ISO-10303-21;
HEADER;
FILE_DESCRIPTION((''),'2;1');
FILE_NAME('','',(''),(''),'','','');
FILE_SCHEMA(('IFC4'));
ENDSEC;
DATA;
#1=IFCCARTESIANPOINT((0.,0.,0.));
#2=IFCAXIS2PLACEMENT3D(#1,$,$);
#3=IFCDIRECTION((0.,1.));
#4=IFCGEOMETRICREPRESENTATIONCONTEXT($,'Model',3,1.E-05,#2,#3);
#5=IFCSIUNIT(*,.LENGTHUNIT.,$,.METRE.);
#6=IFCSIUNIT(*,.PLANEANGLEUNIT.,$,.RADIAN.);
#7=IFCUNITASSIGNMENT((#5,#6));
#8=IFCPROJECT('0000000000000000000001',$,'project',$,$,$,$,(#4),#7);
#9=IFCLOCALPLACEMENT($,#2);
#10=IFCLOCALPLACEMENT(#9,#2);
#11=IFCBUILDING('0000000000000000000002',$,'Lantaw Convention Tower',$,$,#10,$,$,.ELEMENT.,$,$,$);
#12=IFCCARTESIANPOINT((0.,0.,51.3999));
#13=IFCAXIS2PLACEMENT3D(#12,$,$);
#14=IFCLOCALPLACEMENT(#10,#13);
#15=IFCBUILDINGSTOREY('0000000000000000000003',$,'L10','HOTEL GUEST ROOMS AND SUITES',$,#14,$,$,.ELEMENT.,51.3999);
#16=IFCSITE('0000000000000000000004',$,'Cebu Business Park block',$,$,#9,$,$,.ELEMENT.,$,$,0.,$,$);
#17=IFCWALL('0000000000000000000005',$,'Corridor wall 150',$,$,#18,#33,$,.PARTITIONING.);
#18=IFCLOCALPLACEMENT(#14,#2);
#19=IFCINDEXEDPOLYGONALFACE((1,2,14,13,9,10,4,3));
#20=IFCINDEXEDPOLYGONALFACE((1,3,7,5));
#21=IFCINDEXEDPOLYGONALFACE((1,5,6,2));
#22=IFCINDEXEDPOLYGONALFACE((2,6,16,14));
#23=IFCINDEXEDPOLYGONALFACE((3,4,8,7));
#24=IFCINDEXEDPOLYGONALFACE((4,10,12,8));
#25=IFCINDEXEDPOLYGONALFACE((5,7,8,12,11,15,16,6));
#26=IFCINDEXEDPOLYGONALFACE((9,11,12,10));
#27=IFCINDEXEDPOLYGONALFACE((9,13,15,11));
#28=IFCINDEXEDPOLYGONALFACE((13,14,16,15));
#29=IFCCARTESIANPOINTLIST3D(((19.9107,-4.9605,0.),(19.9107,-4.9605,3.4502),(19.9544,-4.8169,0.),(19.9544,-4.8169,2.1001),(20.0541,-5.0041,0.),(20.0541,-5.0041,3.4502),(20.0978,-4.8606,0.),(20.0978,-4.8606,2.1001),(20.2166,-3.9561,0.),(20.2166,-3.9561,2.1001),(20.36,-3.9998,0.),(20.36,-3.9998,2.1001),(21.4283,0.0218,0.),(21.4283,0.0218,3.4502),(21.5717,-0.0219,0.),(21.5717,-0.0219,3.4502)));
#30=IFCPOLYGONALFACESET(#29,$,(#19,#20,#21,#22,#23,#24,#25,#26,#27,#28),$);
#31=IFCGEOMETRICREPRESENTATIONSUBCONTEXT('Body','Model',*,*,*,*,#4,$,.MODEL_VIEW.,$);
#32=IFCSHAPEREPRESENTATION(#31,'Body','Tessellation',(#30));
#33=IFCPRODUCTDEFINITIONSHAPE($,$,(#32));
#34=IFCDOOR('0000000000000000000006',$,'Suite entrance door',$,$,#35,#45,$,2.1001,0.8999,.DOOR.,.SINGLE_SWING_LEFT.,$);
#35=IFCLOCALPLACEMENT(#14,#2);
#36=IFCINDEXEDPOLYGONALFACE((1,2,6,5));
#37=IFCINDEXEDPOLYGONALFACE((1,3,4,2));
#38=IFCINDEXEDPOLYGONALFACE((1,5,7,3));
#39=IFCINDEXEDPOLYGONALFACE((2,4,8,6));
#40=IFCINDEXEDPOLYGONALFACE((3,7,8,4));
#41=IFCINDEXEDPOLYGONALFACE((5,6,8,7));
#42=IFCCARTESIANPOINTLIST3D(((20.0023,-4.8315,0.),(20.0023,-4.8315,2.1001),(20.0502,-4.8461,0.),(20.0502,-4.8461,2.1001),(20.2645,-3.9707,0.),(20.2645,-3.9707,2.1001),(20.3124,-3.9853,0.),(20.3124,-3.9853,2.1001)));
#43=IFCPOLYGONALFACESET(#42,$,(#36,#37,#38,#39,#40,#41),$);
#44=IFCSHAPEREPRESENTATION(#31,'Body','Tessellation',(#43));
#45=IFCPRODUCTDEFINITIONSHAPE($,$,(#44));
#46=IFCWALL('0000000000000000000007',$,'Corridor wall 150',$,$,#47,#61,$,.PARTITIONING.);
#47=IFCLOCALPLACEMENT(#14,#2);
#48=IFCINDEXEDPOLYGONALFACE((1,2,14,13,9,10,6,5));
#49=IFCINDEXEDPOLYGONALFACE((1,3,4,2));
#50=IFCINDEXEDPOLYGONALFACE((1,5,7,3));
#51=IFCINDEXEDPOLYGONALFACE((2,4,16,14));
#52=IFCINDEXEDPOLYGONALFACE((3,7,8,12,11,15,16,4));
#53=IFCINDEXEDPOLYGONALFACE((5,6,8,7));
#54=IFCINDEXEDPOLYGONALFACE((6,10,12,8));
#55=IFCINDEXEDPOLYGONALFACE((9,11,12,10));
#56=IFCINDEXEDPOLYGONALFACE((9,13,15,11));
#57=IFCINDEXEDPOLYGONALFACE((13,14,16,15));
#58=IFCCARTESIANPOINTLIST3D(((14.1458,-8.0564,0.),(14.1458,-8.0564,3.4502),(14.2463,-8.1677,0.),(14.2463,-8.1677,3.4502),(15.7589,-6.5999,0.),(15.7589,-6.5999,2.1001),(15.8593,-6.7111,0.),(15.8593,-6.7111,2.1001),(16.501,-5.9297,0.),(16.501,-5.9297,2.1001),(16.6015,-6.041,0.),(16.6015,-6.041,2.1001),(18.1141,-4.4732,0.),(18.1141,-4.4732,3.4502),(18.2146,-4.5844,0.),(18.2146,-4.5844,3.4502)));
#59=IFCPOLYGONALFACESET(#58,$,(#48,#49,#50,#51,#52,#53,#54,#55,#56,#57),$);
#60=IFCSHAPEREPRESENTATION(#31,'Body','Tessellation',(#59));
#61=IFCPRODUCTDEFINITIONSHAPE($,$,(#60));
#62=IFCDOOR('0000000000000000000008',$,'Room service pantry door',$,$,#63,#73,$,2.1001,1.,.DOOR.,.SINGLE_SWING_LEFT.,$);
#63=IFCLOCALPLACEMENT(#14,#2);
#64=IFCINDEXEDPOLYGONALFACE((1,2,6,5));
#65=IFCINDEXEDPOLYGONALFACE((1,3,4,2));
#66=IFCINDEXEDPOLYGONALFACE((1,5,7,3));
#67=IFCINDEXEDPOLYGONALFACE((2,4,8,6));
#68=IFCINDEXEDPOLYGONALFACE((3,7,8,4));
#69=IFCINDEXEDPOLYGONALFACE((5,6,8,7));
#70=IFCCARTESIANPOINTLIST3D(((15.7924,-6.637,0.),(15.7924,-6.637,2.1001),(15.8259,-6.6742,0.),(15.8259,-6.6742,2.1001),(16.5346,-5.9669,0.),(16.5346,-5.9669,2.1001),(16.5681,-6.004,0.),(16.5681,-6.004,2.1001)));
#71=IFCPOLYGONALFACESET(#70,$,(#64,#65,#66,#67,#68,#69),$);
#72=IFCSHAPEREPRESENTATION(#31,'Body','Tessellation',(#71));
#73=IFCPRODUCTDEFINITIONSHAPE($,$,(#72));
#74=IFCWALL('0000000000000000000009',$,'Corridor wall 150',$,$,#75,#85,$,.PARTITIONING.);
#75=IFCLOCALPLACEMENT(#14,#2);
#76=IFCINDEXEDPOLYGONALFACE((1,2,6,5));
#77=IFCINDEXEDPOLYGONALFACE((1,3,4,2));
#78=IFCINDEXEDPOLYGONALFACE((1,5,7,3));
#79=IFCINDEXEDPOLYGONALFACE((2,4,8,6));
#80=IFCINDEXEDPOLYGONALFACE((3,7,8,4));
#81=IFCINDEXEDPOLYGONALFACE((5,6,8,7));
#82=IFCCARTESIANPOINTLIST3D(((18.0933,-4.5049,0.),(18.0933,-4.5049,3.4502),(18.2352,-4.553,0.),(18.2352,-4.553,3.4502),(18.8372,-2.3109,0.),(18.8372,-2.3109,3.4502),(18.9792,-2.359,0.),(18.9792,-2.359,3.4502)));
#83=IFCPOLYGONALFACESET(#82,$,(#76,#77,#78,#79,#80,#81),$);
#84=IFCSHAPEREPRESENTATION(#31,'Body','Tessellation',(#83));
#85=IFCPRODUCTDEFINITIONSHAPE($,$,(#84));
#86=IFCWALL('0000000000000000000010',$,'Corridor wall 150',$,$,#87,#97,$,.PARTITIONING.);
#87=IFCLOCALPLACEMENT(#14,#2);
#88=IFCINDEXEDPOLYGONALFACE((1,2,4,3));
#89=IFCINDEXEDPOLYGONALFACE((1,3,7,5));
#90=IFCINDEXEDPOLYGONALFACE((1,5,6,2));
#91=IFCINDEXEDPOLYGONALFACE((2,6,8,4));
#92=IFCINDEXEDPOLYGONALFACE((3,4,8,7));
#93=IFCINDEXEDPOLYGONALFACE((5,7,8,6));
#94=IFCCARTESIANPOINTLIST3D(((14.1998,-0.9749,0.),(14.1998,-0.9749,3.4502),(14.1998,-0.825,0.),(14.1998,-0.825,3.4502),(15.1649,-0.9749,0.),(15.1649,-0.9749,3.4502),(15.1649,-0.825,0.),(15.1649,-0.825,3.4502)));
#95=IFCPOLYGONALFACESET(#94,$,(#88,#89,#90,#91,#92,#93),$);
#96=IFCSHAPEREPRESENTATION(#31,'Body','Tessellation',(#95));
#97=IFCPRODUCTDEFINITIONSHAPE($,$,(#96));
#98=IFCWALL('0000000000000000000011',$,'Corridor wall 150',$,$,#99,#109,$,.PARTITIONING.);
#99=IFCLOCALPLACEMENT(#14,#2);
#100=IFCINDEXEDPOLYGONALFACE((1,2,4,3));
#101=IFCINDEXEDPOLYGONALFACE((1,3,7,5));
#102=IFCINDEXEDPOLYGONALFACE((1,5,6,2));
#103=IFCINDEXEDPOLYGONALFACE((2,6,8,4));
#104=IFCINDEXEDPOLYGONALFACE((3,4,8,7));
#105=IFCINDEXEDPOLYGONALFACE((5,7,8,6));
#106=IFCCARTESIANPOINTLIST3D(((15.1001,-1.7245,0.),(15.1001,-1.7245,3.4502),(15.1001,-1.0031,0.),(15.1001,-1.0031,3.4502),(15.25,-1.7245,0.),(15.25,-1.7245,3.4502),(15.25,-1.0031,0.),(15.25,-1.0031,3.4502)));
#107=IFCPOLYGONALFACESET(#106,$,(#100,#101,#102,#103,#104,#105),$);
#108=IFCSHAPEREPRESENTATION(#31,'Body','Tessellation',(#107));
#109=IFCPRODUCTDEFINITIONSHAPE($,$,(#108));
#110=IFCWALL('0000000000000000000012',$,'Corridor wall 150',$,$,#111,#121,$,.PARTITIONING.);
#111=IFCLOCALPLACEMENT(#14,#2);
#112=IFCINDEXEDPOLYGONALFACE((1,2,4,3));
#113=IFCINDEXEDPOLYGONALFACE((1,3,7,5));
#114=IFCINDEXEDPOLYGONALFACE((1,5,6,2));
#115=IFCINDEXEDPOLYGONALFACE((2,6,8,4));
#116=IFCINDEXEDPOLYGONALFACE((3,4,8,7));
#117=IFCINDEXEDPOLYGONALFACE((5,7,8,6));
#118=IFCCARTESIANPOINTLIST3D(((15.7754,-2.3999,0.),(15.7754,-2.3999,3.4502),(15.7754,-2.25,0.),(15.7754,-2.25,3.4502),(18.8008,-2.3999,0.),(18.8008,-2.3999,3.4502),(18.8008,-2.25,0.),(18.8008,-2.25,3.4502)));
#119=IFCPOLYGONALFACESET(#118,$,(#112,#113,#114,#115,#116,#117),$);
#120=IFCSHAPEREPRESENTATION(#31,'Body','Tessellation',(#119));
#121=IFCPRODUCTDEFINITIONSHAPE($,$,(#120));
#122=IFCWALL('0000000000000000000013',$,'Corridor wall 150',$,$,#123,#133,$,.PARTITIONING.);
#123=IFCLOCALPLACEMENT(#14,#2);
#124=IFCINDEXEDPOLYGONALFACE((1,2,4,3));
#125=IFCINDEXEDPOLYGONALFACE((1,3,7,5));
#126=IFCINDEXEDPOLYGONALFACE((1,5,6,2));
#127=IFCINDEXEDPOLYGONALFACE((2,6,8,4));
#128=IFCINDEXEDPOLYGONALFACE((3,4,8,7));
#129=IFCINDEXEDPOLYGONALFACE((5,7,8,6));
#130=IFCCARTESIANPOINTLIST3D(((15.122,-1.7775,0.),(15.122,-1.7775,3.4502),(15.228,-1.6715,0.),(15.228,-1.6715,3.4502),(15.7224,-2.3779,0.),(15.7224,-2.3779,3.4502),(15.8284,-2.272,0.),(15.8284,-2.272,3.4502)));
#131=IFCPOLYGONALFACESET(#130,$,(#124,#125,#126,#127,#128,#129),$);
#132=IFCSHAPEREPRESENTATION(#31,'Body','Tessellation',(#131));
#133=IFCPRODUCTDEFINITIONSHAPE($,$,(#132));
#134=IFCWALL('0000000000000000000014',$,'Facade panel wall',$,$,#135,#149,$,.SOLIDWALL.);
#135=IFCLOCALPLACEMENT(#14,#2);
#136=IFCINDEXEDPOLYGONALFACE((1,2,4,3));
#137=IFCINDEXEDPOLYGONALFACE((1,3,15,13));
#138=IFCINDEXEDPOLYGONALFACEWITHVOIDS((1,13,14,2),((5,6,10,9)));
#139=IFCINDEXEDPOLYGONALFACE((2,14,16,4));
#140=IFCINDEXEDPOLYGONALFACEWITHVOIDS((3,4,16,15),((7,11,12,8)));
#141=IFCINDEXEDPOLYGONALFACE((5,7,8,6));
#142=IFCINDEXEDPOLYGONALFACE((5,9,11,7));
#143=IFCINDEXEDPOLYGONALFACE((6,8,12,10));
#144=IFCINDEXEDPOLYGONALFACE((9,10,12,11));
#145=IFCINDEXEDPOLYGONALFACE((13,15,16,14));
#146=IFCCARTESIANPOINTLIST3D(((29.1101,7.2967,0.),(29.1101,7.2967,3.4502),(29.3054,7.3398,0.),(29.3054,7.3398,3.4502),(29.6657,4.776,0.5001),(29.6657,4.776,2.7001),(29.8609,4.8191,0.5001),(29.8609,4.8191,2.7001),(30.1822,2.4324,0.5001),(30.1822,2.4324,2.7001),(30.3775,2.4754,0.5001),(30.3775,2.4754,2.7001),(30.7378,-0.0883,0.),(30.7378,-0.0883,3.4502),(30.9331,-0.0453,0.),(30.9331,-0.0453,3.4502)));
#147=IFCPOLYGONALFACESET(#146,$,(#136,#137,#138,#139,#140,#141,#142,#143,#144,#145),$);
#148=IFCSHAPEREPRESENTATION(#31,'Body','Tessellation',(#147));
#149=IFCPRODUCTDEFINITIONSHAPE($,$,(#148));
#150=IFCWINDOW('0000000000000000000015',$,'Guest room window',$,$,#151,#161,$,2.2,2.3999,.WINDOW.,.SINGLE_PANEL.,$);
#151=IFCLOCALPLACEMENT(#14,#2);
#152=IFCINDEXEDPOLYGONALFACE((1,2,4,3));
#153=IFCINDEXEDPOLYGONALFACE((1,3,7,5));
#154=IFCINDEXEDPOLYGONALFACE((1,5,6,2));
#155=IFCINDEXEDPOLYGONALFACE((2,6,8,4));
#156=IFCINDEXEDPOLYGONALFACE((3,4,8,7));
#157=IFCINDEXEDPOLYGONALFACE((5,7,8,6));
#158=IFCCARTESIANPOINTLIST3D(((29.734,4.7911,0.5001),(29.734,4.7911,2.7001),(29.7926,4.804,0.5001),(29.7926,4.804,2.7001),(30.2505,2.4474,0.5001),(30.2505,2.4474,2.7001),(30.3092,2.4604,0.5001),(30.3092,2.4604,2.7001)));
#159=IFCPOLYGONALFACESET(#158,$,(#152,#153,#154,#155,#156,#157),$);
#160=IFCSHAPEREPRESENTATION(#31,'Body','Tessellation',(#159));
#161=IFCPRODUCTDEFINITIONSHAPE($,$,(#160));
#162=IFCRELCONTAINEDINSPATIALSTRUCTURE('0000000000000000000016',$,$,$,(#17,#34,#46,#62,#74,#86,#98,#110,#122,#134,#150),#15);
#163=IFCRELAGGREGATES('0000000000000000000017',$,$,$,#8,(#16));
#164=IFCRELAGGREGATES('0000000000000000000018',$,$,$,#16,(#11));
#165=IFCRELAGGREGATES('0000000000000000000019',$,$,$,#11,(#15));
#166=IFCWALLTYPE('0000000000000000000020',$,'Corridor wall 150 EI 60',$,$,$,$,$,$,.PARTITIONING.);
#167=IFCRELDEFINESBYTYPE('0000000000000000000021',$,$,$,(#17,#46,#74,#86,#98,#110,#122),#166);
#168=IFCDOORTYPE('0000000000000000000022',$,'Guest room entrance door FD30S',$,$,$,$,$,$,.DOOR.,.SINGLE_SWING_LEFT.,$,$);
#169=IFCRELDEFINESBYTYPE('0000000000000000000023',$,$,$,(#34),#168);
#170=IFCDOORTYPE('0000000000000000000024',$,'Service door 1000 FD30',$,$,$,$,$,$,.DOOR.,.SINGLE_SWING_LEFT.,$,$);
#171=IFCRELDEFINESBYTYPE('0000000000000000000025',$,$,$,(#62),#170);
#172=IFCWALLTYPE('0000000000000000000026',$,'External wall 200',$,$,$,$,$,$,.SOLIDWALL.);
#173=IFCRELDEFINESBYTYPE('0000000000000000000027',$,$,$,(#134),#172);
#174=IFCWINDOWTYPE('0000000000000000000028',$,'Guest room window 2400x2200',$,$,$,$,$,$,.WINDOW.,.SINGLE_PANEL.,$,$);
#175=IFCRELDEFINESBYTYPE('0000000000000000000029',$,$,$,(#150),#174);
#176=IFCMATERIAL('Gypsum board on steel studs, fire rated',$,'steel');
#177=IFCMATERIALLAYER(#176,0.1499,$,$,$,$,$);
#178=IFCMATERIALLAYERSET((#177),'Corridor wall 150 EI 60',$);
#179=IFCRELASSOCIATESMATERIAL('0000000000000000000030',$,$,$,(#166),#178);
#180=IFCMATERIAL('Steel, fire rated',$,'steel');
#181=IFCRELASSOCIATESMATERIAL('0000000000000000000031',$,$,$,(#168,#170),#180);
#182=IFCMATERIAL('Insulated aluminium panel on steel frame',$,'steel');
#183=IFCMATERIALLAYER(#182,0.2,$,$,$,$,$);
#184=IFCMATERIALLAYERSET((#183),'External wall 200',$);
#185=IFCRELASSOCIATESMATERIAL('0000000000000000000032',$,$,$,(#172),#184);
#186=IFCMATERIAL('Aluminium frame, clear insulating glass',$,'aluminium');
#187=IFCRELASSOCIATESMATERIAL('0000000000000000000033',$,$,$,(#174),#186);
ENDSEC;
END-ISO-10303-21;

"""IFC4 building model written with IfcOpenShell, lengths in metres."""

from ifc_helpers import new_model, si_unit, direction, frame, frame_2d, origin, place, context, subcontext, project, spatial, rectangle, extrude, material, layer, layer_set, type_object, element, fill, save


model = new_model("IFC4")

# Units and contexts
model_context = context("Model", 3, precision=1e-05, world=origin(), true_north=direction((0.0, 1.0)))
body_context = subcontext(model_context, "Body", "Model", "MODEL_VIEW")
ifc_project = project(units=[si_unit("LENGTHUNIT", "METRE"), si_unit("PLANEANGLEUNIT", "RADIAN")], contexts=[model_context])

# Site, building, storey
site_placement = place(None, origin())
site = spatial("IfcSite", under=ifc_project, at=site_placement, Name="Cebu Business Park block", CompositionType="ELEMENT", RefElevation=0.0)
building_placement = place(site_placement, origin())
building = spatial("IfcBuilding", under=site, at=building_placement, Name="Lantaw Convention Tower", CompositionType="ELEMENT")
storey_placement = place(building_placement, frame((0.0, 0.0, 51.3999)))
storey = spatial("IfcBuildingStorey", under=building, at=storey_placement, Name="L10", Description="HOTEL GUEST ROOMS AND SUITES", CompositionType="ELEMENT", Elevation=51.3999)

# Shared definitions
ifc_material_1 = material(Name="Gypsum board on steel studs, fire rated", Category="steel")
ifc_layer_1 = layer(ifc_material_1, 0.1499)
ifc_layer_set_1 = layer_set([ifc_layer_1], Name="Corridor wall 150 EI 60")
wall_type_1 = type_object("IfcWallType", Name="Corridor wall 150 EI 60", PredefinedType="PARTITIONING", material=ifc_layer_set_1)

# Walls, openings, doors
wall_1_placement = place(storey_placement, frame((19.9824, -4.9822, 0.0), z_axis=(0.0, 0.0, 1.0), x_axis=(0.291384, 0.956606, 0.0)))
wall_1 = element("IfcWall", 1, at=wall_1_placement, inside=storey, type_object=wall_type_1, Name="Corridor wall 150", PredefinedType="PARTITIONING", context=body_context, shape_type="SweptSolid", body=[
    extrude(rectangle(XDim=5.2083, YDim=0.1499, at=frame_2d((2.604, 0.0))), origin(), (0.0, 0.0, 1.0), 3.4502),
])
opening_1_placement = place(wall_1_placement, frame((0.1499, 0.0, 0.0)))
opening_1 = element("IfcOpeningElement", 2, at=opening_1_placement, cuts=wall_1, PredefinedType="OPENING", context=body_context, shape_type="SweptSolid", body=[
    extrude(rectangle(XDim=0.8999, YDim=2.1001, at=frame_2d((0.45, 1.05))), frame((0.0, 0.085, 0.0), z_axis=(0.0, -1.0, 0.0), x_axis=(1.0, 0.0, 0.0)), (0.0, 0.0, 1.0), 0.1699),
])
ifc_material_2 = material(Name="Steel, fire rated", Category="steel")
door_type_1 = type_object("IfcDoorType", Name="Guest room entrance door FD30S", OperationType="SINGLE_SWING_LEFT", PredefinedType="DOOR", material=ifc_material_2)
door_1_placement = place(opening_1_placement, origin())
door_1 = element("IfcDoor", 3, at=door_1_placement, inside=storey, type_object=door_type_1, Name="Suite entrance door", OperationType="SINGLE_SWING_LEFT", OverallHeight=2.1001, OverallWidth=0.8999, PredefinedType="DOOR", context=body_context, shape_type="SweptSolid", body=[
    extrude(rectangle(XDim=0.8999, YDim=2.1001, at=frame_2d((0.45, 1.05))), frame((0.0, 0.0249, 0.0), z_axis=(0.0, -1.0, 0.0), x_axis=(1.0, 0.0, 0.0)), (0.0, 0.0, 1.0), 0.05),
])
fill(opening_1, door_1)
wall_2_placement = place(storey_placement, frame((14.196, -8.1121, 0.0), z_axis=(0.0, 0.0, 1.0), x_axis=(0.742194, 0.670185, 0.0)))
wall_2 = element("IfcWall", 4, at=wall_2_placement, inside=storey, type_object=wall_type_1, Name="Corridor wall 150", PredefinedType="PARTITIONING", context=body_context, shape_type="SweptSolid", body=[
    extrude(rectangle(XDim=5.3467, YDim=0.1499, at=frame_2d((2.6733, 0.0))), origin(), (0.0, 0.0, 1.0), 3.4502),
])
opening_2_placement = place(wall_2_placement, frame((2.1733, 0.0, 0.0)))
opening_2 = element("IfcOpeningElement", 5, at=opening_2_placement, cuts=wall_2, PredefinedType="OPENING", context=body_context, shape_type="SweptSolid", body=[
    extrude(rectangle(XDim=1.0, YDim=2.1001, at=frame_2d((0.5, 1.05))), frame((0.0, 0.085, 0.0), z_axis=(0.0, -1.0, 0.0), x_axis=(1.0, 0.0, 0.0)), (0.0, 0.0, 1.0), 0.1699),
])
door_type_2 = type_object("IfcDoorType", Name="Service door 1000 FD30", OperationType="SINGLE_SWING_LEFT", PredefinedType="DOOR", material=ifc_material_2)
door_2_placement = place(opening_2_placement, origin())
door_2 = element("IfcDoor", 6, at=door_2_placement, inside=storey, type_object=door_type_2, Name="Room service pantry door", OperationType="SINGLE_SWING_LEFT", OverallHeight=2.1001, OverallWidth=1.0, PredefinedType="DOOR", context=body_context, shape_type="SweptSolid", body=[
    extrude(rectangle(XDim=1.0, YDim=2.1001, at=frame_2d((0.5, 1.05))), frame((0.0, 0.0249, 0.0), z_axis=(0.0, -1.0, 0.0), x_axis=(1.0, 0.0, 0.0)), (0.0, 0.0, 1.0), 0.05),
])
fill(opening_2, door_2)

# Walls
wall_3_placement = place(storey_placement, frame((18.1643, -4.5288, 0.0), z_axis=(0.0, 0.0, 1.0), x_axis=(0.321124, 0.947037, 0.0)))
element("IfcWall", 7, at=wall_3_placement, inside=storey, type_object=wall_type_1, Name="Corridor wall 150", PredefinedType="PARTITIONING", context=body_context, shape_type="SweptSolid", body=[
    extrude(rectangle(XDim=2.3167, YDim=0.1499, at=frame_2d((1.1582, 0.0))), origin(), (0.0, 0.0, 1.0), 3.4502),
])
wall_4_placement = place(storey_placement, frame((14.2, -0.8999, 0.0), z_axis=(0.0, 0.0, 1.0), x_axis=(1.0, 0.0, 0.0)))
element("IfcWall", 8, at=wall_4_placement, inside=storey, type_object=wall_type_1, Name="Corridor wall 150", PredefinedType="PARTITIONING", context=body_context, shape_type="SweptSolid", body=[
    extrude(rectangle(XDim=0.9651, YDim=0.1499, at=frame_2d((0.4824, 0.0))), origin(), (0.0, 0.0, 1.0), 3.4502),
])
wall_5_placement = place(storey_placement, frame((15.175, -1.7246, 0.0), z_axis=(0.0, 0.0, 1.0), x_axis=(0.0, 1.0, 0.0)))
element("IfcWall", 9, at=wall_5_placement, inside=storey, type_object=wall_type_1, Name="Corridor wall 150", PredefinedType="PARTITIONING", context=body_context, shape_type="SweptSolid", body=[
    extrude(rectangle(XDim=0.7214, YDim=0.1499, at=frame_2d((0.3608, 0.0))), origin(), (0.0, 0.0, 1.0), 3.4502),
])
wall_6_placement = place(storey_placement, frame((18.8008, -2.325, 0.0), z_axis=(0.0, 0.0, 1.0), x_axis=(-1.0, 0.0, 0.0)))
element("IfcWall", 10, at=wall_6_placement, inside=storey, type_object=wall_type_1, Name="Corridor wall 150", PredefinedType="PARTITIONING", context=body_context, shape_type="SweptSolid", body=[
    extrude(rectangle(XDim=3.0254, YDim=0.1499, at=frame_2d((1.5127, 0.0))), origin(), (0.0, 0.0, 1.0), 3.4502),
])
wall_7_placement = place(storey_placement, frame((15.7754, -2.325, 0.0), z_axis=(0.0, 0.0, 1.0), x_axis=(-0.707107, 0.707107, 0.0)))
element("IfcWall", 11, at=wall_7_placement, inside=storey, type_object=wall_type_1, Name="Corridor wall 150", PredefinedType="PARTITIONING", context=body_context, shape_type="SweptSolid", body=[
    extrude(rectangle(XDim=0.8491, YDim=0.1499, at=frame_2d((0.4246, 0.0))), origin(), (0.0, 0.0, 1.0), 3.4502),
])

# Wall, opening, window
ifc_material_3 = material(Name="Insulated aluminium panel on steel frame", Category="steel")
ifc_layer_2 = layer(ifc_material_3, 0.2)
ifc_layer_set_2 = layer_set([ifc_layer_2], Name="External wall 200")
wall_type_2 = type_object("IfcWallType", Name="External wall 200", PredefinedType="SOLIDWALL", material=ifc_layer_set_2)
wall_8_placement = place(storey_placement, frame((30.8354, -0.0669, 0.0), z_axis=(0.0, 0.0, 1.0), x_axis=(-0.215238, 0.976562, 0.0)))
wall_8 = element("IfcWall", 12, at=wall_8_placement, inside=storey, type_object=wall_type_2, Name="Facade panel wall", PredefinedType="SOLIDWALL", context=body_context, shape_type="SweptSolid", body=[
    extrude(rectangle(XDim=7.5623, YDim=0.2, at=frame_2d((3.7812, 0.0))), origin(), (0.0, 0.0, 1.0), 3.4502),
])
opening_3_placement = place(wall_8_placement, frame((2.5813, 0.0, 0.5)))
opening_3 = element("IfcOpeningElement", 13, at=opening_3_placement, cuts=wall_8, PredefinedType="OPENING", context=body_context, shape_type="SweptSolid", body=[
    extrude(rectangle(XDim=2.3999, YDim=2.2, at=frame_2d((1.2, 1.1001))), frame((0.0, 0.1099, 0.0), z_axis=(0.0, -1.0, 0.0), x_axis=(1.0, 0.0, 0.0)), (0.0, 0.0, 1.0), 0.22),
])
ifc_material_4 = material(Name="Aluminium frame, clear insulating glass", Category="aluminium")
window_type = type_object("IfcWindowType", Name="Guest room window 2400x2200", PartitioningType="SINGLE_PANEL", PredefinedType="WINDOW", material=ifc_material_4)
window_1_placement = place(opening_3_placement, origin())
window_1 = element("IfcWindow", 14, at=window_1_placement, inside=storey, type_object=window_type, Name="Guest room window", OverallHeight=2.2, OverallWidth=2.3999, PartitioningType="SINGLE_PANEL", PredefinedType="WINDOW", context=body_context, shape_type="SweptSolid", body=[
    extrude(rectangle(XDim=2.3999, YDim=2.2, at=frame_2d((1.2, 1.1001))), frame((0.0, 0.03, 0.0), z_axis=(0.0, -1.0, 0.0), x_axis=(1.0, 0.0, 0.0)), (0.0, 0.0, 1.0), 0.0601),
])
fill(opening_3, window_1)

save(model, "model.ifc")
